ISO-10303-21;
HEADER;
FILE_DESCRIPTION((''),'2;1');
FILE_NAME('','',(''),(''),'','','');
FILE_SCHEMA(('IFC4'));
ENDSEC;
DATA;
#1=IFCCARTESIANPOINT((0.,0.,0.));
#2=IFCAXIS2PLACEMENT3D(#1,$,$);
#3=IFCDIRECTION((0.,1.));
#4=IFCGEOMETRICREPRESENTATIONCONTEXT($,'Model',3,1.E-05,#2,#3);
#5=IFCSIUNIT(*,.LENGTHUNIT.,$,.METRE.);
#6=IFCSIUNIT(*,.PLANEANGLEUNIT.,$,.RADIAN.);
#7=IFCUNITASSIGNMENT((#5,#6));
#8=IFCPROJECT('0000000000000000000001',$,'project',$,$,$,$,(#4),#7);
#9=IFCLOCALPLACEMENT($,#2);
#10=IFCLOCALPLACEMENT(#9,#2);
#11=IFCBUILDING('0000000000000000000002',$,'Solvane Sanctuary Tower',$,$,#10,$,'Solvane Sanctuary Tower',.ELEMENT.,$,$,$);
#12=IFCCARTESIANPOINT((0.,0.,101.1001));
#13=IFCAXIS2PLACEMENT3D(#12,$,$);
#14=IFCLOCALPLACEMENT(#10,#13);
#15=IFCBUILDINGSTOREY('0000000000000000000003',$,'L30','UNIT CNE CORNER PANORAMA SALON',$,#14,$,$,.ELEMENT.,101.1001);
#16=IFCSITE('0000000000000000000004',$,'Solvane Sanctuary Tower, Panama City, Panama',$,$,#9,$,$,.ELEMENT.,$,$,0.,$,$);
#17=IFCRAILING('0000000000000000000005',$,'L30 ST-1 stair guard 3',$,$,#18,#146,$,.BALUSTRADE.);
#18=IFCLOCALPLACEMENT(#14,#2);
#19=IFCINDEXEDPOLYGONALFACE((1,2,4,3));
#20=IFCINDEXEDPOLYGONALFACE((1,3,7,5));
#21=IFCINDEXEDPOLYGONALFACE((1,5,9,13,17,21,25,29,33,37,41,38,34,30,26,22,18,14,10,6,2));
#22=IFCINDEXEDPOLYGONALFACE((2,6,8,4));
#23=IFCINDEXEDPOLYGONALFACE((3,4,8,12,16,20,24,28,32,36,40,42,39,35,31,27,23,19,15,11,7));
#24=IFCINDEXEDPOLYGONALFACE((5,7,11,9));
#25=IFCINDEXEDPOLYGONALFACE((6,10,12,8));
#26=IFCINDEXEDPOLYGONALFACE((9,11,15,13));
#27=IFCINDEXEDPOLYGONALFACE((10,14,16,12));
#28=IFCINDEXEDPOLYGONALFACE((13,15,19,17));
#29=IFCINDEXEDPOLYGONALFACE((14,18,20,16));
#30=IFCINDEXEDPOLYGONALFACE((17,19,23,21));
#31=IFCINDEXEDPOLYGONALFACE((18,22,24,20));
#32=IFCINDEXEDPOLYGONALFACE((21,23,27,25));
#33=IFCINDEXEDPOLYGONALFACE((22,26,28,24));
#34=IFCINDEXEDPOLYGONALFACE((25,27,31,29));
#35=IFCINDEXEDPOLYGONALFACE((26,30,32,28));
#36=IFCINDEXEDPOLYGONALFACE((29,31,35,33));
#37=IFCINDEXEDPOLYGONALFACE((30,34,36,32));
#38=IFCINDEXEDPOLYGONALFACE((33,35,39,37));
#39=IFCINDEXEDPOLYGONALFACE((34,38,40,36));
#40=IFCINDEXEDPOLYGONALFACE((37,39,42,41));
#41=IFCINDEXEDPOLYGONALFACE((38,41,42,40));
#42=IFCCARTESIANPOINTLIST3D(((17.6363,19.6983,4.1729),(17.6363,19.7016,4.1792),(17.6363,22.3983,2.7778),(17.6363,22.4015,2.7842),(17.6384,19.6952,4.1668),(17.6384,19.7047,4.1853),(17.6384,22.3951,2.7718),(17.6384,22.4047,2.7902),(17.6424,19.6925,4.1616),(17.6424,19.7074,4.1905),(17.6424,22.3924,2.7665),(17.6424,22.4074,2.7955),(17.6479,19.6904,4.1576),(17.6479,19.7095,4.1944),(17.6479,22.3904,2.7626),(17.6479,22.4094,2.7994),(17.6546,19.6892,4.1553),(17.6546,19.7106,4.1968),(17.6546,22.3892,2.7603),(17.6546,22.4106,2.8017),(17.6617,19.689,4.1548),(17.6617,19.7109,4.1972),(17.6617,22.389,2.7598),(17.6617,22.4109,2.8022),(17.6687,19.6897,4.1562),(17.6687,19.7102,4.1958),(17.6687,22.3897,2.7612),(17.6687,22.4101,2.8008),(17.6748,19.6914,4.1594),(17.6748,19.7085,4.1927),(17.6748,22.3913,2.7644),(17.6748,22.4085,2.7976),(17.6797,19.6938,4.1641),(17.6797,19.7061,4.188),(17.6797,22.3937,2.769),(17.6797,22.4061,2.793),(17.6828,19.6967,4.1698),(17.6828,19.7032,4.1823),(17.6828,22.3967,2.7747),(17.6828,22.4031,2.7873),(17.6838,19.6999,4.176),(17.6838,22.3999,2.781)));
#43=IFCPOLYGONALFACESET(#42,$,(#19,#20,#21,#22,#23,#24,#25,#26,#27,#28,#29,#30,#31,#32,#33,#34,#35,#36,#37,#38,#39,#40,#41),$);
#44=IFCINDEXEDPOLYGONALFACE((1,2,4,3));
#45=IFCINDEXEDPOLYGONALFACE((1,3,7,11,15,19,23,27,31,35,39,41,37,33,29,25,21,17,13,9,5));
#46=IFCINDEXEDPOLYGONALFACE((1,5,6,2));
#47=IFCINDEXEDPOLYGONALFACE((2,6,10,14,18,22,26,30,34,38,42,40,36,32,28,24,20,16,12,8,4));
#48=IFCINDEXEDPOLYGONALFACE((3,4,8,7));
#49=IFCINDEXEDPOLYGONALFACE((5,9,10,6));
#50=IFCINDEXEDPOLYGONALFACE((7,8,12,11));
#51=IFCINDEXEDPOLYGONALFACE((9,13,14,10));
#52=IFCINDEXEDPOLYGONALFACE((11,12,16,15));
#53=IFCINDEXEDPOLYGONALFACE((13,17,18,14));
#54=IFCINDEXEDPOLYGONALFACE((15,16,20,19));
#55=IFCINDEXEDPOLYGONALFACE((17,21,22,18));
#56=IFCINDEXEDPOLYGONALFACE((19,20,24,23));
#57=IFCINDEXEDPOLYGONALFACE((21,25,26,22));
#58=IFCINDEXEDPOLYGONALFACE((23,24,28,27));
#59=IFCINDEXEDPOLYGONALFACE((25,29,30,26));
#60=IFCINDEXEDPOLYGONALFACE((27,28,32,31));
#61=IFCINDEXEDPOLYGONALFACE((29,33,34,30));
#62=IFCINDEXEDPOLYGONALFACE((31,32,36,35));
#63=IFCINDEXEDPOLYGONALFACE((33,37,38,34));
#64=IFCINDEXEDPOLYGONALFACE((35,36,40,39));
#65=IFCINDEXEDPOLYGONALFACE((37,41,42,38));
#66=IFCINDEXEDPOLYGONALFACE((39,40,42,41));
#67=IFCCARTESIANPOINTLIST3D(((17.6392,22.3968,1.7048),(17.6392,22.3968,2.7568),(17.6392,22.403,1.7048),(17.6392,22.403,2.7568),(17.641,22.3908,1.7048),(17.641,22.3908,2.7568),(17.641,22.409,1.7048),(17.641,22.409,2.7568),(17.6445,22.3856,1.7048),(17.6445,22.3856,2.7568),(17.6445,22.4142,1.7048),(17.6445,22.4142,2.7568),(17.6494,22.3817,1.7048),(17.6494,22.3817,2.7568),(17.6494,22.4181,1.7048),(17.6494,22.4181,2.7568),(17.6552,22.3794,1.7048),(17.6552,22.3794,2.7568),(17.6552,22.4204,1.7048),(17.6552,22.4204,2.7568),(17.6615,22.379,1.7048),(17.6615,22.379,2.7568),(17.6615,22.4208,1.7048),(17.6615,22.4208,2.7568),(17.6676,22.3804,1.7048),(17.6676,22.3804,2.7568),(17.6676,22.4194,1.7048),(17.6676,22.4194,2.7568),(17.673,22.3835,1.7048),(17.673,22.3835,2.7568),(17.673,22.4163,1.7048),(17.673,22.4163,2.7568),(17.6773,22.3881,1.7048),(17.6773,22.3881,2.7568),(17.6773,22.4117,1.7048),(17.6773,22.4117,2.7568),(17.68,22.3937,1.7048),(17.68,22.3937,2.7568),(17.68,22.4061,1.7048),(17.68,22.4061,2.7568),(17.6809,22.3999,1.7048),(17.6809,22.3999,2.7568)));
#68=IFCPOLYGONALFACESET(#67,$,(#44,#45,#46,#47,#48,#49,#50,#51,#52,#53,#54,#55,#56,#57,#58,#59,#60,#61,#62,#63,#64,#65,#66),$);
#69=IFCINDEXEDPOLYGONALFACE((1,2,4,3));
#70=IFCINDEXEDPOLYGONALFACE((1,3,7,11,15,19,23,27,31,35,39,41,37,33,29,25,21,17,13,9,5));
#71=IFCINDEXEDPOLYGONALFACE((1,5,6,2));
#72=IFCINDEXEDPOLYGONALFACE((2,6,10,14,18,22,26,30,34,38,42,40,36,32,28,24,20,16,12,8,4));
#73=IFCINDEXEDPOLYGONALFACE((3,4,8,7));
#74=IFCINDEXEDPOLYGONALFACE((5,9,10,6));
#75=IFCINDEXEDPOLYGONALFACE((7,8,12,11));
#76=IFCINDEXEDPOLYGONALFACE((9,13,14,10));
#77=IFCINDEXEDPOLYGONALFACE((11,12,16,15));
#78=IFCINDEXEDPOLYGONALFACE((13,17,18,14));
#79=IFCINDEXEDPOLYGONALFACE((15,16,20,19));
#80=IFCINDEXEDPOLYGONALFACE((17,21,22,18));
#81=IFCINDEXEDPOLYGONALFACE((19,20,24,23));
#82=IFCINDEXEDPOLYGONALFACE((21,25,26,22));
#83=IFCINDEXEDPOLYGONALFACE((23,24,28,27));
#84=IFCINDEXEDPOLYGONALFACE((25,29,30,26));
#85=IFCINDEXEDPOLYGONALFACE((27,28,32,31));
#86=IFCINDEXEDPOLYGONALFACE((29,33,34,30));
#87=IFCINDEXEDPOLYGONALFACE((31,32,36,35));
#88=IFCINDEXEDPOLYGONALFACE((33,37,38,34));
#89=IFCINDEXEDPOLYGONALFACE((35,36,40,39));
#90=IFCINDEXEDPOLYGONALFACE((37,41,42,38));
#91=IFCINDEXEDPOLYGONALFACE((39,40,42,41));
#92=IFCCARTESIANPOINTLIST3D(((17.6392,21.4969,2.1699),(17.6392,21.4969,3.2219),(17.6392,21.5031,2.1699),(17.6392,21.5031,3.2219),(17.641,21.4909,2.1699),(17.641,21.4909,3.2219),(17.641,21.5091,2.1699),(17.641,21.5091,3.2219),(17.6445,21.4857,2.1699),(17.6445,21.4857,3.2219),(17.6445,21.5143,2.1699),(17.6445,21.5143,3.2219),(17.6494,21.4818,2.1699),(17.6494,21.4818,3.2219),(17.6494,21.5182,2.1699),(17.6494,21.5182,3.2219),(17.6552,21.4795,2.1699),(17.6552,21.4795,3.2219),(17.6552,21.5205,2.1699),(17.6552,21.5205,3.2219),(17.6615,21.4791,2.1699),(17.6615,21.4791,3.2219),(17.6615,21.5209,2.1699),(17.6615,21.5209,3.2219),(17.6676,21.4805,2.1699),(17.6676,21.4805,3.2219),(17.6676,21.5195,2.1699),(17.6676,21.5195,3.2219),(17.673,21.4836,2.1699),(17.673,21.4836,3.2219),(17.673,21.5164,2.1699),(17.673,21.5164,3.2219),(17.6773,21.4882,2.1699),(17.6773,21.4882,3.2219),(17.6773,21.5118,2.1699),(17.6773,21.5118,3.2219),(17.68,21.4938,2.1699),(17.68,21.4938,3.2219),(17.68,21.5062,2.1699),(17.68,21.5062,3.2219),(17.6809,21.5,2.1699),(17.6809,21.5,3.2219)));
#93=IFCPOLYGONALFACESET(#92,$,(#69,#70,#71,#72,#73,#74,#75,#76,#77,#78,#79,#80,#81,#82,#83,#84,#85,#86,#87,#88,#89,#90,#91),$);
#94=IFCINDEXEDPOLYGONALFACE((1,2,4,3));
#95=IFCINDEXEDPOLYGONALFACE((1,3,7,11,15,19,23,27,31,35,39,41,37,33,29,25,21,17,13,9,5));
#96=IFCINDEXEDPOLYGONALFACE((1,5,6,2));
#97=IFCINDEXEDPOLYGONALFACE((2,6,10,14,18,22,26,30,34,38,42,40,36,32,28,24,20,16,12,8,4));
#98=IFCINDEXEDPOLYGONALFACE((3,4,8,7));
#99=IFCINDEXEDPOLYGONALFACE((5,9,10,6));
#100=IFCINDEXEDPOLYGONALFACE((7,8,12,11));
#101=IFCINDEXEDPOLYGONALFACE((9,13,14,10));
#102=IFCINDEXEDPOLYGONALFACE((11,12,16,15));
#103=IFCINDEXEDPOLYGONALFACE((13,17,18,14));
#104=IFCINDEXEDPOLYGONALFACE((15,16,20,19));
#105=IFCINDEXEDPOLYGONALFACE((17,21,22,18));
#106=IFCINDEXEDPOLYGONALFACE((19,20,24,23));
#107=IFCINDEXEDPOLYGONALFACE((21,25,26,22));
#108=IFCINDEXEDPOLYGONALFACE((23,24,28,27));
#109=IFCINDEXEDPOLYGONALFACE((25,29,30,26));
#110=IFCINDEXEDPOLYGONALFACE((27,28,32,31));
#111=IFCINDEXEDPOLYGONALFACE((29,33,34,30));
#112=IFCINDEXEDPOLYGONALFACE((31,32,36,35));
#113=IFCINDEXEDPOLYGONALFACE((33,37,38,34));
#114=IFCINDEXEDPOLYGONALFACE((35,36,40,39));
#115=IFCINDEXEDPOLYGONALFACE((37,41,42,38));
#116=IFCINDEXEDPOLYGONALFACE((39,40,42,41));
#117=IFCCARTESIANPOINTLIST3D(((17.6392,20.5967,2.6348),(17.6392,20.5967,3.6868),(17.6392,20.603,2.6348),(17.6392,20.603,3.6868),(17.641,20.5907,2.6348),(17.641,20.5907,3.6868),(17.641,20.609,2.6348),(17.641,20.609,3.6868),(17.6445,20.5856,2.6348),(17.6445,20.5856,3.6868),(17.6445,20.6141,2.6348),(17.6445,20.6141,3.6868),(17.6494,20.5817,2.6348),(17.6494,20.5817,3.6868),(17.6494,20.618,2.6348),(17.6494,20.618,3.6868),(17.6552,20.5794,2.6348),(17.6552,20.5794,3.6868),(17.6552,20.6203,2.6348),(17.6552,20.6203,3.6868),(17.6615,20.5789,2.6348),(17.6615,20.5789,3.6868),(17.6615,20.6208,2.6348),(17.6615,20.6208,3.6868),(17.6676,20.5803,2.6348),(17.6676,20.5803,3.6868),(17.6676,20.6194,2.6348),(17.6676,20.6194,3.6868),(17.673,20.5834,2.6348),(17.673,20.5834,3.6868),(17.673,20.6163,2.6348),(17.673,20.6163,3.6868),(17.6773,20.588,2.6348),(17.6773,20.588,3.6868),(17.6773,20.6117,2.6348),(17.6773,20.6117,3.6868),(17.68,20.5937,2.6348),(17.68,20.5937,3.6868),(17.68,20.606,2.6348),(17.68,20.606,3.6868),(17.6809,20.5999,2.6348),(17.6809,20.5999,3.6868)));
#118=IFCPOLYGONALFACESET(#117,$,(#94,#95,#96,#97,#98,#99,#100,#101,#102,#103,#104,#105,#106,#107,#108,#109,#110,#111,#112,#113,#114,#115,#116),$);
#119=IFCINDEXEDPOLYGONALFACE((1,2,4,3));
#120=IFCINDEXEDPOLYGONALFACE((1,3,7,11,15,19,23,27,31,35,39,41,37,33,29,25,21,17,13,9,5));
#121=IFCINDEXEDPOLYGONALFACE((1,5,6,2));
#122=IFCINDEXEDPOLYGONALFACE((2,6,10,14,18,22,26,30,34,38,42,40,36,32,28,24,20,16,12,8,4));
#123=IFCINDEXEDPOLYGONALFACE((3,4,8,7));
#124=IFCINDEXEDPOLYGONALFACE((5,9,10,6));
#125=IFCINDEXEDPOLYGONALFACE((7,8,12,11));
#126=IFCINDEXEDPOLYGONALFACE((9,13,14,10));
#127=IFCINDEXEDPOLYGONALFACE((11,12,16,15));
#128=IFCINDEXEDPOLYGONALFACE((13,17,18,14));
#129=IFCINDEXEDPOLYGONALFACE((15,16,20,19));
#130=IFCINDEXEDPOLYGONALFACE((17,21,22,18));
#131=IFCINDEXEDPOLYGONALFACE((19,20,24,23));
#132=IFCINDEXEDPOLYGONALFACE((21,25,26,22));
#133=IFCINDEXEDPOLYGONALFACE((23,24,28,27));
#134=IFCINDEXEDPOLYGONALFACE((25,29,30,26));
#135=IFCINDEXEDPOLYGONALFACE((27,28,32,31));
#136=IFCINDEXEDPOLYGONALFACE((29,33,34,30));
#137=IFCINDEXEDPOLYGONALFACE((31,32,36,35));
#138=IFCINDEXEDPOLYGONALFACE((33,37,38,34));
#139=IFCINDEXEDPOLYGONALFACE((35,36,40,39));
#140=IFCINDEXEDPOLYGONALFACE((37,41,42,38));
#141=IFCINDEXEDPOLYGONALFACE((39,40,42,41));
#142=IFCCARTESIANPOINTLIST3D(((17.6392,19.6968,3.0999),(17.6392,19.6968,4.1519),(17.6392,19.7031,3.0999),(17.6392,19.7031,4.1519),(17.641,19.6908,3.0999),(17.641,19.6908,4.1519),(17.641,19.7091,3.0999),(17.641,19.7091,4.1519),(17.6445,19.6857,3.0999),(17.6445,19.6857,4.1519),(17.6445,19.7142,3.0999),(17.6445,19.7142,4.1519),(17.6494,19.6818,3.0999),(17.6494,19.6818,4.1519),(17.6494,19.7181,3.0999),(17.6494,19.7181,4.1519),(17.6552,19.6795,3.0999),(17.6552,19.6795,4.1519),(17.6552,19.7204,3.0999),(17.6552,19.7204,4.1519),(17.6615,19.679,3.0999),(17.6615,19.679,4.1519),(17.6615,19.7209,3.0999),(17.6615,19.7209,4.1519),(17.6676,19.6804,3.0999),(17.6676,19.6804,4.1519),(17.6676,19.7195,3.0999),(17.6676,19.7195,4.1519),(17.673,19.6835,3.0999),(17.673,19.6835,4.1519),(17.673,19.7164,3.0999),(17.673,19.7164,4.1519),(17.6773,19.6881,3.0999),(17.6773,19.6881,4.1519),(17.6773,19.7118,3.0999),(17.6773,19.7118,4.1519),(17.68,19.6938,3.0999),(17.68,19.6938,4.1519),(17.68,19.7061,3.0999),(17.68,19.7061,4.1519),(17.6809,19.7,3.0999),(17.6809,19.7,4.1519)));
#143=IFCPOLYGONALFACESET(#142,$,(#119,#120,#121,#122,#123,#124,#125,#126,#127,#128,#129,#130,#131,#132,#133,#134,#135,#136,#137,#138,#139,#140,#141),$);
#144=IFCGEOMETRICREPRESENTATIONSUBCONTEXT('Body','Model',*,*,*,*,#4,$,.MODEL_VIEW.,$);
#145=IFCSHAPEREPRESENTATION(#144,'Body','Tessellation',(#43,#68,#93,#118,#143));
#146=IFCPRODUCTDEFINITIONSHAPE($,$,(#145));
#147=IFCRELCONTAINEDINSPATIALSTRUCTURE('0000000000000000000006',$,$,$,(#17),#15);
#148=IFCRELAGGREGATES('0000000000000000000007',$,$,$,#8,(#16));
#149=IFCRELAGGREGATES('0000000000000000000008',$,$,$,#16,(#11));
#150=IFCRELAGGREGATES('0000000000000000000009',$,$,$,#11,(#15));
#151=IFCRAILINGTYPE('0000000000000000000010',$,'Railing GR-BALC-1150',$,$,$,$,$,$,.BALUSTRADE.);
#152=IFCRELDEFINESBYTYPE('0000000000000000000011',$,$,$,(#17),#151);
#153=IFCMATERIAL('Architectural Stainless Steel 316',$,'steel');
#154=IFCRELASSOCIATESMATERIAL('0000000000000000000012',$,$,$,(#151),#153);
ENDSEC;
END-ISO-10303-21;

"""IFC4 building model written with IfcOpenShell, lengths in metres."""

from ifc_helpers import new_model, si_unit, direction, frame, origin, origin_2d, place, context, subcontext, project, spatial, circle, extrude, material, type_object, element, save


model = new_model("IFC4")

# Units and contexts
model_context = context("Model", 3, precision=1e-05, world=origin(), true_north=direction((0.0, 1.0)))
body_context = subcontext(model_context, "Body", "Model", "MODEL_VIEW")
ifc_project = project(units=[si_unit("LENGTHUNIT", "METRE"), si_unit("PLANEANGLEUNIT", "RADIAN")], contexts=[model_context])

# Site, building, storey
site_placement = place(None, origin())
site = spatial("IfcSite", under=ifc_project, at=site_placement, Name="Solvane Sanctuary Tower, Panama City, Panama", CompositionType="ELEMENT", RefElevation=0.0)
building_placement = place(site_placement, origin())
building = spatial("IfcBuilding", under=site, at=building_placement, Name="Solvane Sanctuary Tower", LongName="Solvane Sanctuary Tower", CompositionType="ELEMENT")
storey_placement = place(building_placement, frame((0.0, 0.0, 101.1001)))
storey = spatial("IfcBuildingStorey", under=building, at=storey_placement, Name="L30", Description="UNIT CNE CORNER PANORAMA SALON", CompositionType="ELEMENT", Elevation=101.1001)

# Railing
ifc_material_1 = material(Name="Architectural Stainless Steel 316", Category="steel")
railing_type_1 = type_object("IfcRailingType", Name="Railing GR-BALC-1150", PredefinedType="BALUSTRADE", material=ifc_material_1)
railing_1_placement = place(storey_placement, frame((17.6599, 22.3999, 1.7048)))
element("IfcRailing", 1, at=railing_1_placement, inside=storey, type_object=railing_type_1, Name="L30 ST-1 stair guard 3", PredefinedType="BALUSTRADE", context=body_context, shape_type="SweptSolid", body=[
    extrude(circle(Radius=0.0239, at=origin_2d()), frame((0.0, 0.0, 1.0762), z_axis=(0.0, -0.88842, 0.459032), x_axis=(1.0, 0.0, 0.0)), (0.0, 0.0, 1.0), 3.0391),
    extrude(circle(Radius=0.021, at=origin_2d()), origin(), (0.0, 0.0, 1.0), 1.052),
    extrude(circle(Radius=0.021, at=origin_2d()), frame((0.0, -0.8999, 0.4651)), (0.0, 0.0, 1.0), 1.052),
    extrude(circle(Radius=0.021, at=origin_2d()), frame((0.0, -1.8, 0.9299)), (0.0, 0.0, 1.0), 1.052),
    extrude(circle(Radius=0.021, at=origin_2d()), frame((0.0, -2.7, 1.395)), (0.0, 0.0, 1.0), 1.052),
])

save(model, "model.ifc")
